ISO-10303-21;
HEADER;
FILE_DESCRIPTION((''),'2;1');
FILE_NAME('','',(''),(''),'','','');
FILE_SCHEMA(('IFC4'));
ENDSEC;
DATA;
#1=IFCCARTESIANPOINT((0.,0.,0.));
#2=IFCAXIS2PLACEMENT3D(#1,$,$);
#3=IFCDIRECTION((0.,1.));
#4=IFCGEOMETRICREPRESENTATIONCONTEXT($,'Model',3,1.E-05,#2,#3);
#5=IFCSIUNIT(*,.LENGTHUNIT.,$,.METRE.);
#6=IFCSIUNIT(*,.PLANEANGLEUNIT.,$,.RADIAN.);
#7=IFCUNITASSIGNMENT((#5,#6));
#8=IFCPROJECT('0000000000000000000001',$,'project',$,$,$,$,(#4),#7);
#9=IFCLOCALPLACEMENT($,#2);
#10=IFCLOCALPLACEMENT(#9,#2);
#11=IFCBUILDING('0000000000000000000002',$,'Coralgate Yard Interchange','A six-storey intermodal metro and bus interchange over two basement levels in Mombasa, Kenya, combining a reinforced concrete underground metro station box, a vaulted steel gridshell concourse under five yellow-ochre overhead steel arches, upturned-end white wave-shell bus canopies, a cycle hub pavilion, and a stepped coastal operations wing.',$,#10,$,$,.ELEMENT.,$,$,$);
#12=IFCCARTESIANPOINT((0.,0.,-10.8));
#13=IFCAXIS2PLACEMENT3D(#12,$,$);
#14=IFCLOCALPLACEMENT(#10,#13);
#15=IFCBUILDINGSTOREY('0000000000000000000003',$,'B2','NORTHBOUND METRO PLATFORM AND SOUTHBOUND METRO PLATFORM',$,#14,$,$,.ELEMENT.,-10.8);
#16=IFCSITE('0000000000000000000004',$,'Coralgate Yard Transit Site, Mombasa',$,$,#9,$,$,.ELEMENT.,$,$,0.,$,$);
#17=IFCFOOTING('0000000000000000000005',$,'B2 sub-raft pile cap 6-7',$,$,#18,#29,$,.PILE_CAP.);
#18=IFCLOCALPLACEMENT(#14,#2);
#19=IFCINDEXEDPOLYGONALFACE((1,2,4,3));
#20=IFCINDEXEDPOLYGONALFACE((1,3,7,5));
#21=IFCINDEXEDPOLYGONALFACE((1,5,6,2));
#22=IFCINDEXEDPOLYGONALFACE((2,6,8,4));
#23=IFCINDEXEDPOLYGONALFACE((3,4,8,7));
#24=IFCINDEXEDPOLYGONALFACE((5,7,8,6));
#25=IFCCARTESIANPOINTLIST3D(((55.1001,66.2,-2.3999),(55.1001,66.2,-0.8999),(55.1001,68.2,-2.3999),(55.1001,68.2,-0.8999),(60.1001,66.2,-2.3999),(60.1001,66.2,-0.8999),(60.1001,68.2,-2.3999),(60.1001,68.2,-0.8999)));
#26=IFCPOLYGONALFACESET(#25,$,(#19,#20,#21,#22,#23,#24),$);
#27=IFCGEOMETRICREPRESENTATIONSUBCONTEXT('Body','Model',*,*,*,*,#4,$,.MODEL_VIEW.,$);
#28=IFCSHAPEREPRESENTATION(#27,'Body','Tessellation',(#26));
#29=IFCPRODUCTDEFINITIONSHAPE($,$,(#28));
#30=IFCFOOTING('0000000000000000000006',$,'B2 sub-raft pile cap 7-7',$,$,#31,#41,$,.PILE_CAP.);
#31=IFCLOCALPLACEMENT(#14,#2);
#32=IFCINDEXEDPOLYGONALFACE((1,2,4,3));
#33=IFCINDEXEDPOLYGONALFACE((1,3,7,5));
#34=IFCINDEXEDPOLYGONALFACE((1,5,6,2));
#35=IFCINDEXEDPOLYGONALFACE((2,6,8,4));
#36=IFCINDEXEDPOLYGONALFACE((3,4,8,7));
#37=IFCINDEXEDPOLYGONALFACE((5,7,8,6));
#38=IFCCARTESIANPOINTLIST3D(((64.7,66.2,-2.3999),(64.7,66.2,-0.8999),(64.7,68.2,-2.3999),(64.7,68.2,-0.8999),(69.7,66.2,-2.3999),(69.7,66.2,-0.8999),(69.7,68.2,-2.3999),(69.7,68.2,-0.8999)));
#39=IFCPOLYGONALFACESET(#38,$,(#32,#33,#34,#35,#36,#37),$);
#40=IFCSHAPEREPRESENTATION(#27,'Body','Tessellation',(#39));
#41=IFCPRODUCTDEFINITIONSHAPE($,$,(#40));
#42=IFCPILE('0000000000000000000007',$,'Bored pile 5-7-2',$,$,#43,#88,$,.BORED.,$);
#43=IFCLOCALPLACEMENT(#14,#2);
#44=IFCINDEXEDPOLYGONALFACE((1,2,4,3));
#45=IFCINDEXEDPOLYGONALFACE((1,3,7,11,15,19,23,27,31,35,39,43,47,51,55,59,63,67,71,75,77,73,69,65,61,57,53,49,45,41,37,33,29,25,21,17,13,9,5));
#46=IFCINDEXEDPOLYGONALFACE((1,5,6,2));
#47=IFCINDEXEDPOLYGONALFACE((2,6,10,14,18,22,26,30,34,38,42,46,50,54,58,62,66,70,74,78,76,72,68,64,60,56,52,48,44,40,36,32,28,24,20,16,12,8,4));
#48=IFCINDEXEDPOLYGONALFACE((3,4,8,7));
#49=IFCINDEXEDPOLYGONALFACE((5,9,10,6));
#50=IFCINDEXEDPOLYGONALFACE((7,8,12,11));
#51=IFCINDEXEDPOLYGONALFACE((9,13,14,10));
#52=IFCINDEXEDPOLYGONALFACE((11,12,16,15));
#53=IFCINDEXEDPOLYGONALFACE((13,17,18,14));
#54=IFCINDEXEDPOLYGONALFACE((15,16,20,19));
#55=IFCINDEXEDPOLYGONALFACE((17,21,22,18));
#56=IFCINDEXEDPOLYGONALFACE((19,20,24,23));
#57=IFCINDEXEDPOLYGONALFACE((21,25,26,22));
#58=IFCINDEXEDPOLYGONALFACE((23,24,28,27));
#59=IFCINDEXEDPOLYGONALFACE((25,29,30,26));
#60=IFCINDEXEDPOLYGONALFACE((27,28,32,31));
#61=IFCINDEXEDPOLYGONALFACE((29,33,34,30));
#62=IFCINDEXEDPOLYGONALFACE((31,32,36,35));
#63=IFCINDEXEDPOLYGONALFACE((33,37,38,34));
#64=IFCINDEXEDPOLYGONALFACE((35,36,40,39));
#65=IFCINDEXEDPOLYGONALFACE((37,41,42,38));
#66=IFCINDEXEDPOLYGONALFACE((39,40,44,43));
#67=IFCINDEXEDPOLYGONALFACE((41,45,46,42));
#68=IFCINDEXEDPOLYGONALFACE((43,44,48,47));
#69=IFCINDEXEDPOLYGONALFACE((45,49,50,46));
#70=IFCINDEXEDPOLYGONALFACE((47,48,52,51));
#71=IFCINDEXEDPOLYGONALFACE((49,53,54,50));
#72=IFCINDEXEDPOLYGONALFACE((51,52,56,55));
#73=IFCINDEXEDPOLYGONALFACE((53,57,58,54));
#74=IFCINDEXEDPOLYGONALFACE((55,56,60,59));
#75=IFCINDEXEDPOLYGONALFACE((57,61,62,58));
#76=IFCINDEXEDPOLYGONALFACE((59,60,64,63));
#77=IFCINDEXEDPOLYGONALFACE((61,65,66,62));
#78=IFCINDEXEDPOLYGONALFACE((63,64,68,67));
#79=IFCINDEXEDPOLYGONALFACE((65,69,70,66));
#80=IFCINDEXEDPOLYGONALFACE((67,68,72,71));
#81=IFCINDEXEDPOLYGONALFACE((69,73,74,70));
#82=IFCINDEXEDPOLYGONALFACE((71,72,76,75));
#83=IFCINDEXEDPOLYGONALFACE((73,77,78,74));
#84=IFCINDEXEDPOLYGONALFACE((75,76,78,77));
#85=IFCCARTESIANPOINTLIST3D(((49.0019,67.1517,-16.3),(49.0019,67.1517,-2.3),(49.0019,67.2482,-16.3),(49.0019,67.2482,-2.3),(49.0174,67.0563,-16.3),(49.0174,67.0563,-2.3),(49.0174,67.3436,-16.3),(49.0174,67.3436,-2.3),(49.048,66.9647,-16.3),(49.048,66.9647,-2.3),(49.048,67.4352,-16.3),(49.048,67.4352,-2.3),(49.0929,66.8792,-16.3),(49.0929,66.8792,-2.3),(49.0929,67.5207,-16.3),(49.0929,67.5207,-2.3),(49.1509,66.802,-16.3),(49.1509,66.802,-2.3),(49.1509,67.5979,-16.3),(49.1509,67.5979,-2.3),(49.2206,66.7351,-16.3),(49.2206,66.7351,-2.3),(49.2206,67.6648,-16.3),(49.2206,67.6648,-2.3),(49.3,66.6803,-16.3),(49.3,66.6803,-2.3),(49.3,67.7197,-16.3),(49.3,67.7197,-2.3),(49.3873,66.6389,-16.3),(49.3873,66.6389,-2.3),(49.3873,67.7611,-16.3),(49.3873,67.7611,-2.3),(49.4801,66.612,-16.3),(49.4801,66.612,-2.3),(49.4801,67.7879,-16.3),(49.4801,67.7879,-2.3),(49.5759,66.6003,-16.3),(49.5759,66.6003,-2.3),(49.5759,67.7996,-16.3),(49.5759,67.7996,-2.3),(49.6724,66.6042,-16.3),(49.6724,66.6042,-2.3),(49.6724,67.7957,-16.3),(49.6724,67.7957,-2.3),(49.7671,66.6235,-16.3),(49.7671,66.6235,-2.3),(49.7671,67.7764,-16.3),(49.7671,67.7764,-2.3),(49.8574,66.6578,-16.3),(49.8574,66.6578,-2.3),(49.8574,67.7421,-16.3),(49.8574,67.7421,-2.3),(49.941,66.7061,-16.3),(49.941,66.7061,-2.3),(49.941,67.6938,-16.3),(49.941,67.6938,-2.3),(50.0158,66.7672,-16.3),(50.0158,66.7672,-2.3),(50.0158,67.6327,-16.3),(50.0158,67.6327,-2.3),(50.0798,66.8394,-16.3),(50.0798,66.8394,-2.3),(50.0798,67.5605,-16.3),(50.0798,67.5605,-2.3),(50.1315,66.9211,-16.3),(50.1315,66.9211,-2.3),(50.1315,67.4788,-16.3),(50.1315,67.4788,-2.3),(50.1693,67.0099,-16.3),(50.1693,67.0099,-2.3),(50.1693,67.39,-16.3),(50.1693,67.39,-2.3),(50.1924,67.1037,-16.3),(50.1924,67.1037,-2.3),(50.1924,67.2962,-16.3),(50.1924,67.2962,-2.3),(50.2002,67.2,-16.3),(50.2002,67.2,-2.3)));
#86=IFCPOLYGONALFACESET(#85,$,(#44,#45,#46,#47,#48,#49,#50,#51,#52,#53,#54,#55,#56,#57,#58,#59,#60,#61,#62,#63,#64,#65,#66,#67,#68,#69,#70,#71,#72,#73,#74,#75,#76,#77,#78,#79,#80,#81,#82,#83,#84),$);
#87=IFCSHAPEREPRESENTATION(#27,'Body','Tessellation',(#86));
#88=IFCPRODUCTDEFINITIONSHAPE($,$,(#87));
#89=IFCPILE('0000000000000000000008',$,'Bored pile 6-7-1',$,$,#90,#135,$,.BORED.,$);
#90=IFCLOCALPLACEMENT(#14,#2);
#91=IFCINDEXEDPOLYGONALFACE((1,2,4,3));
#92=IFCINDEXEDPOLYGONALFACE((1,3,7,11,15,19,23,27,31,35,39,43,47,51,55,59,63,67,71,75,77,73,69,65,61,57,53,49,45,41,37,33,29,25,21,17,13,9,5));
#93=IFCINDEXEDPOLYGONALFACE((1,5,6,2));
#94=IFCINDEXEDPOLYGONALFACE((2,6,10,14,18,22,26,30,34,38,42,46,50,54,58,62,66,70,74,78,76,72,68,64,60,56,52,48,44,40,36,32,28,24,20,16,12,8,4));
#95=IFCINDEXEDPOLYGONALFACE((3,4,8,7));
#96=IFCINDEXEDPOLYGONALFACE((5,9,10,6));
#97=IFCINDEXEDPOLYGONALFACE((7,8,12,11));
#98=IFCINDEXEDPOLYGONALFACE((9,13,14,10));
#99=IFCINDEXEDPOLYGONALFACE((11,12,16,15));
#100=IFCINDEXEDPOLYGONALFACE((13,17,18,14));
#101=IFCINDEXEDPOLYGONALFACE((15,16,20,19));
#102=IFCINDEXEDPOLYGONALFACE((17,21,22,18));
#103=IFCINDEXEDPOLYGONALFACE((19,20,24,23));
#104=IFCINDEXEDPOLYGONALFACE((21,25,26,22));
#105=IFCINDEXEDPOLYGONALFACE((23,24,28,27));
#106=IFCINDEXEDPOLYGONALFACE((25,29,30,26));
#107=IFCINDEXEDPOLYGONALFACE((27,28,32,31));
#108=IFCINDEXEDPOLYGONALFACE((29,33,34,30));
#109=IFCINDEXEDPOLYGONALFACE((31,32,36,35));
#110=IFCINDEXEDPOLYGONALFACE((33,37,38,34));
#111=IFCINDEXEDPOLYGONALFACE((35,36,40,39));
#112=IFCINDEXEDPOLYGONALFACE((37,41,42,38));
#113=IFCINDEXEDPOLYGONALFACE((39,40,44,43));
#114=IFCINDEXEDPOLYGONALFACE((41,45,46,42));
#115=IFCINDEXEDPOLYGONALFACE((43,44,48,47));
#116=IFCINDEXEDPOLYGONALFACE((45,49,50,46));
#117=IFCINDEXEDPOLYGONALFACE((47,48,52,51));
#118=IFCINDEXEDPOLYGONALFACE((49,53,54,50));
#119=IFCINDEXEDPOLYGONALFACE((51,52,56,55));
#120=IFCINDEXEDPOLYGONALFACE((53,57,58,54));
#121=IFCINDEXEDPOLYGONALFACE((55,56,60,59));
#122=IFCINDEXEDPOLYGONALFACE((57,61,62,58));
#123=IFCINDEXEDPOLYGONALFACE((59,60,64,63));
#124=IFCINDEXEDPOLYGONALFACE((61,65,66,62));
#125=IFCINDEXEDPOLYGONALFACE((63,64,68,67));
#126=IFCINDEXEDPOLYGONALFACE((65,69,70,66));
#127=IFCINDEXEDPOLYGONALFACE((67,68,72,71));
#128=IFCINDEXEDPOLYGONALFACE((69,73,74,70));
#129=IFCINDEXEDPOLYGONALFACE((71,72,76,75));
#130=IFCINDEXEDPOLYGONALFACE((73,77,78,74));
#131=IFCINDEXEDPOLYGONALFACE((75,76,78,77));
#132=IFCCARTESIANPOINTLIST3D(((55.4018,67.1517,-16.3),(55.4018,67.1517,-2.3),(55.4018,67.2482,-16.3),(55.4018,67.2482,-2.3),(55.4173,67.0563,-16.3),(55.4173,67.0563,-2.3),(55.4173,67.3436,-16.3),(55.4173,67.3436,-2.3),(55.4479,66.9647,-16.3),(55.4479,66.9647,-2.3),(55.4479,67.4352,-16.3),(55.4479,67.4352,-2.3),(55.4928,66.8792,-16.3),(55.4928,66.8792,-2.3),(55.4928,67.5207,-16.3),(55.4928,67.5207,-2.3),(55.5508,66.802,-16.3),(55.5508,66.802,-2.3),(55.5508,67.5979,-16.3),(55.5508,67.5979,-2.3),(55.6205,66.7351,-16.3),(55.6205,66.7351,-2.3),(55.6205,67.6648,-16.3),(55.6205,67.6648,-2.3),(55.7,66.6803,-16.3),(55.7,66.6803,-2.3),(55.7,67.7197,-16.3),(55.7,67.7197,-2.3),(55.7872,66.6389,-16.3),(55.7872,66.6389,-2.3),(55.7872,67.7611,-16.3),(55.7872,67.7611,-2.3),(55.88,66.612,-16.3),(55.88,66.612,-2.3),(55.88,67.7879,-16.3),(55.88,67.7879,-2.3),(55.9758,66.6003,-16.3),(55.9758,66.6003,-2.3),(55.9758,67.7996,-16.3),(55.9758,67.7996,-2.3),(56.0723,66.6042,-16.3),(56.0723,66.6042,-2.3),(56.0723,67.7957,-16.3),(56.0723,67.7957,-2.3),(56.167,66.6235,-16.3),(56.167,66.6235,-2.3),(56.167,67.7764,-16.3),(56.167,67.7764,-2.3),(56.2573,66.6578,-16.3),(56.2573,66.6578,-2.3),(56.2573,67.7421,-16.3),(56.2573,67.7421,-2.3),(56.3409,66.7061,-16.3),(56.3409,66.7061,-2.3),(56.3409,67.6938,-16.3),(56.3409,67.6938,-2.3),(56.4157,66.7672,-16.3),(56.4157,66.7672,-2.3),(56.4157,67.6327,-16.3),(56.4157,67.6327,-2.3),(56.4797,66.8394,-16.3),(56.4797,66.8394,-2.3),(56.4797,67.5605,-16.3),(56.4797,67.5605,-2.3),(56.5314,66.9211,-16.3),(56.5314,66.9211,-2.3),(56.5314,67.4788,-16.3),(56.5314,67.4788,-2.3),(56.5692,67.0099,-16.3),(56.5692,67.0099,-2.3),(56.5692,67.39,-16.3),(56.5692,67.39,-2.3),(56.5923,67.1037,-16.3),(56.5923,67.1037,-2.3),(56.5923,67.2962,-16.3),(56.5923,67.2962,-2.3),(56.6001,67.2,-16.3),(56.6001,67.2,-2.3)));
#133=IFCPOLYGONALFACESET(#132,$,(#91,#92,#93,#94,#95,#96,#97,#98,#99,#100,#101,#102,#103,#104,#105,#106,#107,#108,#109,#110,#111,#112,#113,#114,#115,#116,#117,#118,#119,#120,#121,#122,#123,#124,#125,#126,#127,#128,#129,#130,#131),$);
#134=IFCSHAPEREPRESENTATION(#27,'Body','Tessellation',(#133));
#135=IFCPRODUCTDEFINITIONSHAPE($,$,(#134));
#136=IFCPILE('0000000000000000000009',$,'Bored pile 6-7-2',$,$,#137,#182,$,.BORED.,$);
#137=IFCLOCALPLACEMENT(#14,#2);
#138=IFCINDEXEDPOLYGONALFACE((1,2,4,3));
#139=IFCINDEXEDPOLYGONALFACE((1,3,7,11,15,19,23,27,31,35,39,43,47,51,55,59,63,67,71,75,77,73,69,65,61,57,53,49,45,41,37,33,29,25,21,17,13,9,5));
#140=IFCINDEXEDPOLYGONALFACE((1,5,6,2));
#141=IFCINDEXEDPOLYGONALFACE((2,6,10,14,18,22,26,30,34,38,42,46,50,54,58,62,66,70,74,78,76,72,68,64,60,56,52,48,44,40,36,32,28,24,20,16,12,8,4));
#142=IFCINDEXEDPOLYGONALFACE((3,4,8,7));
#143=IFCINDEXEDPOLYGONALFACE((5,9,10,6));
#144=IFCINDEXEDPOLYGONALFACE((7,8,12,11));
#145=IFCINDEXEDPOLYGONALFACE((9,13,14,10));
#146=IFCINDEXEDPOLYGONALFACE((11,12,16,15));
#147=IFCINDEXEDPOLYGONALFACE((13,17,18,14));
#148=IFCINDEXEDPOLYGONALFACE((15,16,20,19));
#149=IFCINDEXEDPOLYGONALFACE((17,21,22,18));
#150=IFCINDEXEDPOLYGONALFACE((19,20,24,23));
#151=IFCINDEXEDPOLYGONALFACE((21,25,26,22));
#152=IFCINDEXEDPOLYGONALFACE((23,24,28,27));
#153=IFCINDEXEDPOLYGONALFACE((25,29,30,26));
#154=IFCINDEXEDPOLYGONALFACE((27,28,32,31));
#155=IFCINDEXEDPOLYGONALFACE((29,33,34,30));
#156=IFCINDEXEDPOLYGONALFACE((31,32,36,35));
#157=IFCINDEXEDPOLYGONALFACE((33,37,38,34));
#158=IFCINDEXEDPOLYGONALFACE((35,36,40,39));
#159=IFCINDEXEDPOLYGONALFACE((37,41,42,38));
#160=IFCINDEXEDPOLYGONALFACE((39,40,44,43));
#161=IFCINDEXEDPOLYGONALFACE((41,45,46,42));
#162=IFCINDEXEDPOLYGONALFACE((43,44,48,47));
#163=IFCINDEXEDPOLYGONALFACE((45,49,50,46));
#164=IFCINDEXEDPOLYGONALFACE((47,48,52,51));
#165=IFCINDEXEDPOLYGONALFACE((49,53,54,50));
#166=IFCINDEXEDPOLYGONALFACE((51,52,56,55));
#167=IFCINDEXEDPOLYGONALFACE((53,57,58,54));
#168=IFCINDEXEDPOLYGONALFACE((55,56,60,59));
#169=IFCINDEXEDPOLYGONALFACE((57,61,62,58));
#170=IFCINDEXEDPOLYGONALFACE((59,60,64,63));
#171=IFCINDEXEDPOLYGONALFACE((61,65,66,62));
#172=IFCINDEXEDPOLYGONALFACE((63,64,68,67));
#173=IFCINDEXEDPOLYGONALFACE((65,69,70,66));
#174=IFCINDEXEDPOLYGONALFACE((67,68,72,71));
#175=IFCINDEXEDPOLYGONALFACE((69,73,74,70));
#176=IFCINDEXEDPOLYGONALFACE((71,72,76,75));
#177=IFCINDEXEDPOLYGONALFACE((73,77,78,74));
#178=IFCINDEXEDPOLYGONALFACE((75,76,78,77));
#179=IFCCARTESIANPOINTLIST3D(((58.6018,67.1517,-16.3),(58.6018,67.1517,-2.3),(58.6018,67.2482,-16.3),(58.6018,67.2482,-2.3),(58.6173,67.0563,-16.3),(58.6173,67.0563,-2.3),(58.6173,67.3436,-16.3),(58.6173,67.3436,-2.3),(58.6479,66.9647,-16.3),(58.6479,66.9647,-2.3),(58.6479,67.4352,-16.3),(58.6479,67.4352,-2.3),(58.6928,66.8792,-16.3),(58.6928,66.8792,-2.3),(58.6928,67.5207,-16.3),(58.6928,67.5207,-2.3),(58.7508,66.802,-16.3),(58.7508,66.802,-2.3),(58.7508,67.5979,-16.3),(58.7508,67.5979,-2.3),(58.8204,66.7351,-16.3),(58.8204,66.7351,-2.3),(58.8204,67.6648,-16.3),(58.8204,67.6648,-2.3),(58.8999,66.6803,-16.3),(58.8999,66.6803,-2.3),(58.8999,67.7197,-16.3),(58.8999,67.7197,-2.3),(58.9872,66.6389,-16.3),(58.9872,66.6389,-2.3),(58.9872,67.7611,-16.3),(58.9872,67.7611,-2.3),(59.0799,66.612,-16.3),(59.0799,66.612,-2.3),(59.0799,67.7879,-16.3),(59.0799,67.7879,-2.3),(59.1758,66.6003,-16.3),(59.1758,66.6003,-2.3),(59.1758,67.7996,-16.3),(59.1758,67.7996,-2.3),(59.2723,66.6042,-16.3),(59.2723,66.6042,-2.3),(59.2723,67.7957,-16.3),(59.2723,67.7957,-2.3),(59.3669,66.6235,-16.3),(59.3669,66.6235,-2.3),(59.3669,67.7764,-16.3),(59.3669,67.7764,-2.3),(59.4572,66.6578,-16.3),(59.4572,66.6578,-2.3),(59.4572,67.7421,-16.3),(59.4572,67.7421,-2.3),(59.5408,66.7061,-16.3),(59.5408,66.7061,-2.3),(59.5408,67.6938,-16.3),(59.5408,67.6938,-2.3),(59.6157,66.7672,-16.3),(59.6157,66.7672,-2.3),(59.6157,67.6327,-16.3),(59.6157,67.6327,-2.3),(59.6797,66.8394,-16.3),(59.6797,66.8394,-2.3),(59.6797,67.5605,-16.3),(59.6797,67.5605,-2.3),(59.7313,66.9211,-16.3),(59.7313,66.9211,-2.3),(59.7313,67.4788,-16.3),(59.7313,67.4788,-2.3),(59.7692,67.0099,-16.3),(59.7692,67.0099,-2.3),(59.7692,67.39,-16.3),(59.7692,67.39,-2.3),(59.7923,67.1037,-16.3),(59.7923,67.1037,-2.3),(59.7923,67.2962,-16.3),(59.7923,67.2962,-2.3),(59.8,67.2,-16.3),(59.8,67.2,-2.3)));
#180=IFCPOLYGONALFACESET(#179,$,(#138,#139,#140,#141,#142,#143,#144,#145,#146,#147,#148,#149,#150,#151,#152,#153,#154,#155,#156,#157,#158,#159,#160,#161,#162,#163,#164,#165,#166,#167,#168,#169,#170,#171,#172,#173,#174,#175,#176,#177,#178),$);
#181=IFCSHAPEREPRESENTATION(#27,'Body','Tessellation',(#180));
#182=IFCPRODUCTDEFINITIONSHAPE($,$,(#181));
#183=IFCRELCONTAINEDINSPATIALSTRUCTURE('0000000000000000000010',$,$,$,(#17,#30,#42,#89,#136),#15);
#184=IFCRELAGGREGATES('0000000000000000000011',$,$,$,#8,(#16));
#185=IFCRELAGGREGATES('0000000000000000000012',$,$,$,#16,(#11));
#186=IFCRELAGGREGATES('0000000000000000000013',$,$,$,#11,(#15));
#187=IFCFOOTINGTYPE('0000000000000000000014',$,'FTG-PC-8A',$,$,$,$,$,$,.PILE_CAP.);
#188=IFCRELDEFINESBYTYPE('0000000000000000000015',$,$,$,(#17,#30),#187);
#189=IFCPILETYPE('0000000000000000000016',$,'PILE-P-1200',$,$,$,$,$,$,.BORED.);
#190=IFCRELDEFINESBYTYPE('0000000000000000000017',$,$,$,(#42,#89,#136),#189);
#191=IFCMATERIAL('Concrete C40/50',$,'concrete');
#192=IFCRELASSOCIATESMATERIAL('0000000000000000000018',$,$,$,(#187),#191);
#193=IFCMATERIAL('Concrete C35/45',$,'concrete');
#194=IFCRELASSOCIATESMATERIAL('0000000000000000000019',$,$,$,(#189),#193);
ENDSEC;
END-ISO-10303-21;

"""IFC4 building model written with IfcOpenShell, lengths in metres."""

from ifc_helpers import new_model, si_unit, direction, frame, origin, origin_2d, place, context, subcontext, project, spatial, rectangle, circle, extrude, material, material_profile, profile_set, type_object, element, save


model = new_model("IFC4")

# Units and contexts
model_context = context("Model", 3, precision=1e-05, world=origin(), true_north=direction((0.0, 1.0)))
body_context = subcontext(model_context, "Body", "Model", "MODEL_VIEW")
ifc_project = project(units=[si_unit("LENGTHUNIT", "METRE"), si_unit("PLANEANGLEUNIT", "RADIAN")], contexts=[model_context])

# Site, building, storey
site_placement = place(None, origin())
site = spatial("IfcSite", under=ifc_project, at=site_placement, Name="Coralgate Yard Transit Site, Mombasa", CompositionType="ELEMENT", RefElevation=0.0)
building_placement = place(site_placement, origin())
building = spatial("IfcBuilding", under=site, at=building_placement, Name="Coralgate Yard Interchange", Description="A six-storey intermodal metro and bus interchange over two basement levels in Mombasa, Kenya, combining a reinforced concrete underground metro station box, a vaulted steel gridshell concourse under five yellow-ochre overhead steel arches, upturned-end white wave-shell bus canopies, a cycle hub pavilion, and a stepped coastal operations wing.", CompositionType="ELEMENT")
storey_placement = place(building_placement, frame((0.0, 0.0, -10.8)))
storey = spatial("IfcBuildingStorey", under=building, at=storey_placement, Name="B2", Description="NORTHBOUND METRO PLATFORM AND SOUTHBOUND METRO PLATFORM", CompositionType="ELEMENT", Elevation=-10.8)

# Footings
ifc_material_1 = material(Name="Concrete C40/50", Category="concrete")
footing_type = type_object("IfcFootingType", Name="FTG-PC-8A", PredefinedType="PILE_CAP", material=ifc_material_1)
for number, where, z_axis, x_axis, name in (
    (1, (57.6001, 67.2, -2.3999), (0.0, 0.0, 1.0), (1.0, 0.0, 0.0), "B2 sub-raft pile cap 6-7"),
    (2, (67.2, 67.2, -2.3999), (0.0, 0.0, 1.0), (1.0, 0.0, 0.0), "B2 sub-raft pile cap 7-7"),
):
    element("IfcFooting", number, at=place(storey_placement, frame(where, z_axis=z_axis, x_axis=x_axis)), inside=storey, type_object=footing_type, Name=name, PredefinedType="PILE_CAP", context=body_context, shape_type="SweptSolid", body=[
        extrude(rectangle(XDim=5.0, YDim=2.0, at=origin_2d()), origin(), (0.0, 0.0, 1.0), 1.5),
    ])

# Piles
ifc_material_2 = material(Name="Concrete C35/45", Category="concrete")
ifc_material_profile_1 = material_profile(ifc_material_2, circle(Radius=0.6001, at=origin_2d()), Name="BORED PILE D1200")
ifc_profile_set_1 = profile_set([ifc_material_profile_1], Name="Concrete C35/45")
pile_type = type_object("IfcPileType", Name="PILE-P-1200", PredefinedType="BORED", material=ifc_profile_set_1)
for number, where, z_axis, x_axis, name in (
    (3, (49.6001, 67.2, -2.3), (0.0, 0.0, -1.0), (1.0, 0.0, 0.0), "Bored pile 5-7-2"),
    (4, (56.0, 67.2, -2.3), (0.0, 0.0, -1.0), (1.0, 0.0, 0.0), "Bored pile 6-7-1"),
    (5, (59.2, 67.2, -2.3), (0.0, 0.0, -1.0), (1.0, 0.0, 0.0), "Bored pile 6-7-2"),
):
    element("IfcPile", number, at=place(storey_placement, frame(where, z_axis=z_axis, x_axis=x_axis)), inside=storey, type_object=pile_type, Name=name, PredefinedType="BORED", context=body_context, shape_type="SweptSolid", body=[
        extrude(circle(Radius=0.6001, at=origin_2d()), origin(), (0.0, 0.0, 1.0), 14.0),
    ])

save(model, "model.ifc")
